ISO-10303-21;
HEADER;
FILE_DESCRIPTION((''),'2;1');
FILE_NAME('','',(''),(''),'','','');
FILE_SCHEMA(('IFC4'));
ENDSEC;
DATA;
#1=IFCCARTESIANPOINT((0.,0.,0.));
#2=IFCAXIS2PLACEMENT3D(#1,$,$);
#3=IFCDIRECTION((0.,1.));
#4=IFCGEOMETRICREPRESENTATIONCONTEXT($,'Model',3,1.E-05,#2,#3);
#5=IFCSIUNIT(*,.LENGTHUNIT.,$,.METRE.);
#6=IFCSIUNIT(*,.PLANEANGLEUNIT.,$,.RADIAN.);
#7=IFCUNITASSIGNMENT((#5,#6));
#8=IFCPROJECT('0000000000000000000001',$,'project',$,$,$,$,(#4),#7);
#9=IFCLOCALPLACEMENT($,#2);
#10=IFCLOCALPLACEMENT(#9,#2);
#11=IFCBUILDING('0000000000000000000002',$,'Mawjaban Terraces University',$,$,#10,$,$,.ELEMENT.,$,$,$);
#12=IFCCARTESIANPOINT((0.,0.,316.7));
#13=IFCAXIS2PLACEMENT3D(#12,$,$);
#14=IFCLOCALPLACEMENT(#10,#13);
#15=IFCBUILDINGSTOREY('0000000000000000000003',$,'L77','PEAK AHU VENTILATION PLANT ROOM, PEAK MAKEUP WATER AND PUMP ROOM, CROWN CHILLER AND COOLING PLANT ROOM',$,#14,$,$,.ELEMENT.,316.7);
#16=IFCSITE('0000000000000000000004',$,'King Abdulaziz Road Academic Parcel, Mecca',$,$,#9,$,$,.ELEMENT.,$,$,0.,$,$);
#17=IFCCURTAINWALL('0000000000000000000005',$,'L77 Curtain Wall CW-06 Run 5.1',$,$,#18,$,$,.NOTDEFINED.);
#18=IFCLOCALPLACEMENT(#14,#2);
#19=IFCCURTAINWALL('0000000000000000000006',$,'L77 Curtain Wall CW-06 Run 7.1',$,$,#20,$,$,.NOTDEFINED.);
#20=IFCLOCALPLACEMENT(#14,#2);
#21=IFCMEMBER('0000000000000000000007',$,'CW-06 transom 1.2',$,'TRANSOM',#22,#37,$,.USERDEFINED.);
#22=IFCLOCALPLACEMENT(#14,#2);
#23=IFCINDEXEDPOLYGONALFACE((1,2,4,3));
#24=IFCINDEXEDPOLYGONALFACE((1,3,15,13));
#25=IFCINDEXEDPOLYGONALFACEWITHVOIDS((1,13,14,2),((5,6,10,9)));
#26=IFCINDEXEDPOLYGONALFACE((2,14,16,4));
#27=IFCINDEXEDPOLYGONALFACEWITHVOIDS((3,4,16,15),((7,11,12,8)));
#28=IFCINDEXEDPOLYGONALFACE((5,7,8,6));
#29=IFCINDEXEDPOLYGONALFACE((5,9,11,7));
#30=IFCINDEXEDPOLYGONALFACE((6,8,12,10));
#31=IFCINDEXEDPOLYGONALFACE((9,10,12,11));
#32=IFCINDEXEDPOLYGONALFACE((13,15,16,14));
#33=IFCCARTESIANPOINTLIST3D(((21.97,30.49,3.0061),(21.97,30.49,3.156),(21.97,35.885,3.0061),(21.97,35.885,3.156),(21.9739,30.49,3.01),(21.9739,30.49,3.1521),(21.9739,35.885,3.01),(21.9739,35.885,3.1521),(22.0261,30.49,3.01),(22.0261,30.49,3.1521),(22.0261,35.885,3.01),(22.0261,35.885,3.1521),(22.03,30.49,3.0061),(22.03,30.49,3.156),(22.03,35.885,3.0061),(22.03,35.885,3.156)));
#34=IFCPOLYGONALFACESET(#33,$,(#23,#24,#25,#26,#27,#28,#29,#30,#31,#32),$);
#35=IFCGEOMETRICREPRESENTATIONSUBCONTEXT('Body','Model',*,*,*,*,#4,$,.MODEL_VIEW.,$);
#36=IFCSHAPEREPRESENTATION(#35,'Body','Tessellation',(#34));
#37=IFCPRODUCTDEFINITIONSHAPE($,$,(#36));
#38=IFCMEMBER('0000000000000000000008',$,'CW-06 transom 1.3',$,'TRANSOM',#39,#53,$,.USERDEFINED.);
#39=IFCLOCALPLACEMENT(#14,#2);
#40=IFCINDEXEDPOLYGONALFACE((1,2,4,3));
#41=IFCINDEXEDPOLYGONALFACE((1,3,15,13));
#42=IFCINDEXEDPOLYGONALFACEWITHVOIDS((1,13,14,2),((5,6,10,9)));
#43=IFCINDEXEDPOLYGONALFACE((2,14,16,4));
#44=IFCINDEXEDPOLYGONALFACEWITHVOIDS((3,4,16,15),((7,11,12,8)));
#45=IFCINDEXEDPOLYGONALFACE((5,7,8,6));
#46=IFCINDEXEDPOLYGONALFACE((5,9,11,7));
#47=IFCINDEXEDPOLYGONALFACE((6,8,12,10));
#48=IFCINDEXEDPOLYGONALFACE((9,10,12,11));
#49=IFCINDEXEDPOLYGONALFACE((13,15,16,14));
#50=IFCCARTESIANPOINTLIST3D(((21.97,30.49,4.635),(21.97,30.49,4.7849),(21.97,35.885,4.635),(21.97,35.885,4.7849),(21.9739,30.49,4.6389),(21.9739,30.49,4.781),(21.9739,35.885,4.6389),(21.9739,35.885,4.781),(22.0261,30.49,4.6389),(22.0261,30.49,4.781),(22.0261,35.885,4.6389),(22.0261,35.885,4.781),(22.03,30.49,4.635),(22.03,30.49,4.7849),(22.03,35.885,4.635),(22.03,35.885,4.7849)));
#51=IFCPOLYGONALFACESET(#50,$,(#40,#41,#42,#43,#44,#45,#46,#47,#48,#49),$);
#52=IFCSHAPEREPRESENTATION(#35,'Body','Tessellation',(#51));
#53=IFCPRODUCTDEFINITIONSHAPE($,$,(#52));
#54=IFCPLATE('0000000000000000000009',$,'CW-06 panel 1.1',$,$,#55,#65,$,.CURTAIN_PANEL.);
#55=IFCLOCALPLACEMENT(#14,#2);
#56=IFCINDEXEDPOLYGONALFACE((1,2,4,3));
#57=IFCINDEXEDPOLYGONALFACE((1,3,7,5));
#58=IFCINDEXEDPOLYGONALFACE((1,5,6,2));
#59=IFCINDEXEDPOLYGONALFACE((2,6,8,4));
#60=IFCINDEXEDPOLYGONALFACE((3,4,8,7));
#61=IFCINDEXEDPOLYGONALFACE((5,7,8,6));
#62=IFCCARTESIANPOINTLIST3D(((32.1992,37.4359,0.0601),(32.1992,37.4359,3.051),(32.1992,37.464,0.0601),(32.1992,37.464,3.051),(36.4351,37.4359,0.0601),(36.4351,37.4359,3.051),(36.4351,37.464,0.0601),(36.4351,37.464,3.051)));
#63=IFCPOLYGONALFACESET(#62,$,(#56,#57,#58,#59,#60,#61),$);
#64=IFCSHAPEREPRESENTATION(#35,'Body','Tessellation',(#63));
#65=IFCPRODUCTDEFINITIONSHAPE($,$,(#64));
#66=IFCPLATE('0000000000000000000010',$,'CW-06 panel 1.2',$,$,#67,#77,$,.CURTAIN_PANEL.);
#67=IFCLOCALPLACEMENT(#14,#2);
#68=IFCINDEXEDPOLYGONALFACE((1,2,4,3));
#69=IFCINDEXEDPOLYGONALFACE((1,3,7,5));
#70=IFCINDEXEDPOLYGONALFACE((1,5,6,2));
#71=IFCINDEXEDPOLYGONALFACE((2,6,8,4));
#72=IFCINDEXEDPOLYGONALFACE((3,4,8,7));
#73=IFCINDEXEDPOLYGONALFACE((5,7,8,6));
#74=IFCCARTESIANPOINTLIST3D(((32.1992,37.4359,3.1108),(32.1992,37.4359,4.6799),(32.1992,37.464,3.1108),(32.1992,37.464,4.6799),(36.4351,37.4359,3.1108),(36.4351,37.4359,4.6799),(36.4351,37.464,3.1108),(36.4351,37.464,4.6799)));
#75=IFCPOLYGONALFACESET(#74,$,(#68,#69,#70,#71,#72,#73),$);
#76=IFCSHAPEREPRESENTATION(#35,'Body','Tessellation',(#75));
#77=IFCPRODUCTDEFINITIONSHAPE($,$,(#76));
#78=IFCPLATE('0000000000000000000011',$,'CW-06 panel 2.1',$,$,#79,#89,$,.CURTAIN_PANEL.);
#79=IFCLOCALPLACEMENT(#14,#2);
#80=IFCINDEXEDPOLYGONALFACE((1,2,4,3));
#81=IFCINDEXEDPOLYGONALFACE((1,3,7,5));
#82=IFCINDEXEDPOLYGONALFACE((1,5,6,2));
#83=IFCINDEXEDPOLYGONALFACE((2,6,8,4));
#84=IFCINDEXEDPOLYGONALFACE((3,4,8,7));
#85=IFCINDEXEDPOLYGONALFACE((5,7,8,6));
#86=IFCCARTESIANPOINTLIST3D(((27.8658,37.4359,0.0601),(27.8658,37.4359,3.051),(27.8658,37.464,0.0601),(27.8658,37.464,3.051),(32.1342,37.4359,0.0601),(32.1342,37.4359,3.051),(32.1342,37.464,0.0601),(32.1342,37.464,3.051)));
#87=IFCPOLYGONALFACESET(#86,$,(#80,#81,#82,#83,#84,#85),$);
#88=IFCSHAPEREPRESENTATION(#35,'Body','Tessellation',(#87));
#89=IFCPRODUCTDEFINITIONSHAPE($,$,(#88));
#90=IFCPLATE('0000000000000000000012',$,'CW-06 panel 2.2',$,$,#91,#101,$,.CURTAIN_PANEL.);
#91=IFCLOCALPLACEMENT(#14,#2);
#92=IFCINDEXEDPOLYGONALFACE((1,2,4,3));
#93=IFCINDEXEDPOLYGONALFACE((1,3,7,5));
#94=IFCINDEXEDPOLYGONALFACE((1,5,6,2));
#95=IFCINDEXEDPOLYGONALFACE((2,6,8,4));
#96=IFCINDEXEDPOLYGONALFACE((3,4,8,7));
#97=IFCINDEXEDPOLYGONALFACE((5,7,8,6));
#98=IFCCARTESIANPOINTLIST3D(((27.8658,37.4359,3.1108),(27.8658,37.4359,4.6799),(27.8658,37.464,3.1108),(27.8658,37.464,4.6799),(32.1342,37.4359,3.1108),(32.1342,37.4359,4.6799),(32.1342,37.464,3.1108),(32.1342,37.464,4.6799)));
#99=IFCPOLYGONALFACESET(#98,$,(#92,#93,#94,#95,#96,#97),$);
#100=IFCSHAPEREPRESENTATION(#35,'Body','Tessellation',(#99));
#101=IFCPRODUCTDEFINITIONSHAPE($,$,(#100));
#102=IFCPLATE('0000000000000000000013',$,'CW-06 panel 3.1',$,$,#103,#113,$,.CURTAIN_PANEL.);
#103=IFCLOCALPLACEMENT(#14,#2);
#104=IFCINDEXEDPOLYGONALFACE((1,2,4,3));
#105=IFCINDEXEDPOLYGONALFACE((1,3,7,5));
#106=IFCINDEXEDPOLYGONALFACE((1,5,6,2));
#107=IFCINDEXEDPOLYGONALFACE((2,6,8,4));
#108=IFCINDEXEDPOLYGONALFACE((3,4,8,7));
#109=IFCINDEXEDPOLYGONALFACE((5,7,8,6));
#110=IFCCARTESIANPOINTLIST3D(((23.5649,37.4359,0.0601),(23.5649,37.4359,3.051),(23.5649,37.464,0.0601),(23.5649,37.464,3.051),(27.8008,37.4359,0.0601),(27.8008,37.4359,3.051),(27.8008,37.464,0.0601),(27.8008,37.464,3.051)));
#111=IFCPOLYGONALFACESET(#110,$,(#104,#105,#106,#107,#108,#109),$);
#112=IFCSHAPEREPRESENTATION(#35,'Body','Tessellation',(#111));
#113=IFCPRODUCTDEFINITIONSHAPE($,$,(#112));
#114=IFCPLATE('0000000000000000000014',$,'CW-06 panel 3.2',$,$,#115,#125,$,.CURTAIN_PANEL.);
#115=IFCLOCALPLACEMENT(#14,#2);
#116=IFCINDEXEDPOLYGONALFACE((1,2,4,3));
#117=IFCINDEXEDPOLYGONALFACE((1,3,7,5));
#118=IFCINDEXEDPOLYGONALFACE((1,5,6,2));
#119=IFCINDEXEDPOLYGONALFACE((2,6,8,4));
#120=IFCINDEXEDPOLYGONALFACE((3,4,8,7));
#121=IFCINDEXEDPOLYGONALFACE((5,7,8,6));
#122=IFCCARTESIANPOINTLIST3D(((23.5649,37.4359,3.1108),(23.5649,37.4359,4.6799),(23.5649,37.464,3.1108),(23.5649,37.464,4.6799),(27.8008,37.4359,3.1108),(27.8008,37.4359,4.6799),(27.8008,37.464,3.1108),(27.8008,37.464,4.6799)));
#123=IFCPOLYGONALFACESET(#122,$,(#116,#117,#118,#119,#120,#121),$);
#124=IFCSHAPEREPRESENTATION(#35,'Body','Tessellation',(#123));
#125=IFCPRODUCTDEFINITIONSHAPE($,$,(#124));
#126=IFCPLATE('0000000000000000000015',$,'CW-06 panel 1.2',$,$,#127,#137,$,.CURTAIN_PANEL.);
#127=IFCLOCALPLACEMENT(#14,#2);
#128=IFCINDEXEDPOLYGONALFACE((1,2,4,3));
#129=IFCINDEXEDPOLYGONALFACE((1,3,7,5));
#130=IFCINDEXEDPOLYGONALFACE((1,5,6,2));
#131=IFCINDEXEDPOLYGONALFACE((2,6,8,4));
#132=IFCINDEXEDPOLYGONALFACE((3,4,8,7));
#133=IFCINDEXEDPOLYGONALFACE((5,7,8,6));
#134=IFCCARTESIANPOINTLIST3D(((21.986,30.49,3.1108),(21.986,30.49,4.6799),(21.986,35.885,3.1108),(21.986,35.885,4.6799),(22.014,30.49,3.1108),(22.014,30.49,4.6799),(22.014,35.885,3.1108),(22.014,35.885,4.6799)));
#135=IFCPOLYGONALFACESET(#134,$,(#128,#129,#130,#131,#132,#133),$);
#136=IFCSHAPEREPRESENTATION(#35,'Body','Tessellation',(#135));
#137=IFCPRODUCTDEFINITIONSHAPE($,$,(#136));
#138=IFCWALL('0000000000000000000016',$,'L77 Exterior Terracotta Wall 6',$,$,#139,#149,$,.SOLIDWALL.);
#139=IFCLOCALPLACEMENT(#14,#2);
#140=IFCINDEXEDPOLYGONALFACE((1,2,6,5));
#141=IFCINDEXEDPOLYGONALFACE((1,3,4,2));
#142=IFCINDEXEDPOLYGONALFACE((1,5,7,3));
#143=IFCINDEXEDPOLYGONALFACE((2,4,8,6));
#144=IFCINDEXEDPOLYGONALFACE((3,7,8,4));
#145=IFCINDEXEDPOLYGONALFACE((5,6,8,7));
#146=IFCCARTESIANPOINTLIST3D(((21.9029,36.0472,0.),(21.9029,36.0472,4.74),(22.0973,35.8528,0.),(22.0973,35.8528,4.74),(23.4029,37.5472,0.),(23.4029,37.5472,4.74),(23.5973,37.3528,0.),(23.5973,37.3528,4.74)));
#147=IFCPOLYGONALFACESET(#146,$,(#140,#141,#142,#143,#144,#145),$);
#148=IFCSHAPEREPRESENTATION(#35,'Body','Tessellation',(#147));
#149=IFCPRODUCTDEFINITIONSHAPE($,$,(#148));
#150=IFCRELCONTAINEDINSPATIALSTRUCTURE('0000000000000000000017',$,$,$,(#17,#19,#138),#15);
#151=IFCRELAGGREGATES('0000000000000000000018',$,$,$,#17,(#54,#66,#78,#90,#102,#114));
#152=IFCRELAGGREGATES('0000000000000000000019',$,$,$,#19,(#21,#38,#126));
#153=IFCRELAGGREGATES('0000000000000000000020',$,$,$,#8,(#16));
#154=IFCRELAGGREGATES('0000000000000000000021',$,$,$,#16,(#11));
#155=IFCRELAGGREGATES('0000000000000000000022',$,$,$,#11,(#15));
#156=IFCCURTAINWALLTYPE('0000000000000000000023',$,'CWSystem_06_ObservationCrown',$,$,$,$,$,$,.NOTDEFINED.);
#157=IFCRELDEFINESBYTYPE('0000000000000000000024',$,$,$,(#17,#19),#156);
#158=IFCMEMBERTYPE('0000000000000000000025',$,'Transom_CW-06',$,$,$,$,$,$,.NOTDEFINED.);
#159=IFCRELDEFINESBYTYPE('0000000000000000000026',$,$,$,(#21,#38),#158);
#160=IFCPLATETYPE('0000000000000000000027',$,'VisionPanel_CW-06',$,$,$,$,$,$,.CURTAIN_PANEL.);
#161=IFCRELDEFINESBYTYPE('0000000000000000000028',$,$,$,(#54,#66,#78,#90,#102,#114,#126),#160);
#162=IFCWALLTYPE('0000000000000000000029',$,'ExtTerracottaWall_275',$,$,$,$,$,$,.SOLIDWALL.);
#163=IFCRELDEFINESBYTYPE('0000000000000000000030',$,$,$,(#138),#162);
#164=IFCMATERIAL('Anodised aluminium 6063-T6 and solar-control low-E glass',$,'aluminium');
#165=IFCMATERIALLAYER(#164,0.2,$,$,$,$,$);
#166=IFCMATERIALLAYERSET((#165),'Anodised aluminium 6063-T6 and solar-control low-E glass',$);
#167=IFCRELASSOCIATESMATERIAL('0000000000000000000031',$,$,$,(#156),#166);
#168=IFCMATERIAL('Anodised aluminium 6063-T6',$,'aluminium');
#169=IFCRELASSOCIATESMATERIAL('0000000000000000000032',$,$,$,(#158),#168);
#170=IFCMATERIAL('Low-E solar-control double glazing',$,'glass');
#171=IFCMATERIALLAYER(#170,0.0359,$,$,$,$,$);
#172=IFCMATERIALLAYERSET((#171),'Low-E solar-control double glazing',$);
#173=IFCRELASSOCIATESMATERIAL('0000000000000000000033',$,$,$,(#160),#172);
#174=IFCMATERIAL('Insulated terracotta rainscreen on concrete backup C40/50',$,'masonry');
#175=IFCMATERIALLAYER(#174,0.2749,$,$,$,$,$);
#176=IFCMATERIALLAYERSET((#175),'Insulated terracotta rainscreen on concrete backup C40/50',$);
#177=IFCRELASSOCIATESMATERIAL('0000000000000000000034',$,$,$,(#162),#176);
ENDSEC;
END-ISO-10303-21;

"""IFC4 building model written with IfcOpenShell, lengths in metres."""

from ifc_helpers import new_model, si_unit, direction, frame, frame_2d, origin, origin_2d, place, context, subcontext, project, spatial, rectangle, hollow_rectangle, extrude, material, layer, layer_set, material_profile, profile_set, type_object, element, aggregate, save


model = new_model("IFC4")

# Units and contexts
model_context = context("Model", 3, precision=1e-05, world=origin(), true_north=direction((0.0, 1.0)))
body_context = subcontext(model_context, "Body", "Model", "MODEL_VIEW")
ifc_project = project(units=[si_unit("LENGTHUNIT", "METRE"), si_unit("PLANEANGLEUNIT", "RADIAN")], contexts=[model_context])

# Site, building, storey
site_placement = place(None, origin())
site = spatial("IfcSite", under=ifc_project, at=site_placement, Name="King Abdulaziz Road Academic Parcel, Mecca", CompositionType="ELEMENT", RefElevation=0.0)
building_placement = place(site_placement, origin())
building = spatial("IfcBuilding", under=site, at=building_placement, Name="Mawjaban Terraces University", CompositionType="ELEMENT")
storey_placement = place(building_placement, frame((0.0, 0.0, 316.7)))
storey = spatial("IfcBuildingStorey", under=building, at=storey_placement, Name="L77", Description="PEAK AHU VENTILATION PLANT ROOM, PEAK MAKEUP WATER AND PUMP ROOM, CROWN CHILLER AND COOLING PLANT ROOM", CompositionType="ELEMENT", Elevation=316.7)

# Curtain wall
ifc_material_1 = material(Name="Anodised aluminium 6063-T6 and solar-control low-E glass", Category="aluminium")
ifc_layer_1 = layer(ifc_material_1, 0.2)
ifc_layer_set_1 = layer_set([ifc_layer_1], Name="Anodised aluminium 6063-T6 and solar-control low-E glass")
curtain_wall_type = type_object("IfcCurtainWallType", Name="CWSystem_06_ObservationCrown", PredefinedType="NOTDEFINED", material=ifc_layer_set_1)
curtain_wall_1_placement = place(storey_placement, origin())
curtain_wall_1 = element("IfcCurtainWall", 1, at=curtain_wall_1_placement, inside=storey, type_object=curtain_wall_type, Name="L77 Curtain Wall CW-06 Run 5.1", PredefinedType="NOTDEFINED")
ifc_material_2 = material(Name="Anodised aluminium 6063-T6", Category="aluminium")

# Curtain wall
curtain_wall_2_placement = place(storey_placement, origin())
curtain_wall_2 = element("IfcCurtainWall", 2, at=curtain_wall_2_placement, inside=storey, type_object=curtain_wall_type, Name="L77 Curtain Wall CW-06 Run 7.1", PredefinedType="NOTDEFINED")

# Members
ifc_material_profile_1 = material_profile(ifc_material_2, hollow_rectangle(XDim=0.0601, YDim=0.1499, WallThickness=0.0039, at=origin_2d()), Name="ALU150X60X4")
ifc_profile_set_1 = profile_set([ifc_material_profile_1], Name="Anodised aluminium 6063-T6")
member_type_1 = type_object("IfcMemberType", Name="Transom_CW-06", PredefinedType="NOTDEFINED", material=ifc_profile_set_1)
member_1_placement = place(storey_placement, frame((22.0, 35.885, 3.0811), z_axis=(0.0, -1.0, 0.0), x_axis=(1.0, 0.0, 0.0)))
member_1 = element("IfcMember", 3, at=member_1_placement, type_object=member_type_1, Name="CW-06 transom 1.2", ObjectType="TRANSOM", PredefinedType="USERDEFINED", context=body_context, shape_type="SweptSolid", body=[
    extrude(hollow_rectangle(XDim=0.0601, YDim=0.1499, WallThickness=0.0039, at=origin_2d()), origin(), (0.0, 0.0, 1.0), 5.395),
])
member_2_placement = place(storey_placement, frame((22.0, 35.885, 4.71), z_axis=(0.0, -1.0, 0.0), x_axis=(1.0, 0.0, 0.0)))
member_2 = element("IfcMember", 4, at=member_2_placement, type_object=member_type_1, Name="CW-06 transom 1.3", ObjectType="TRANSOM", PredefinedType="USERDEFINED", context=body_context, shape_type="SweptSolid", body=[
    extrude(hollow_rectangle(XDim=0.0601, YDim=0.1499, WallThickness=0.0039, at=origin_2d()), origin(), (0.0, 0.0, 1.0), 5.395),
])

# Plates
ifc_material_3 = material(Name="Low-E solar-control double glazing", Category="glass")
ifc_layer_2 = layer(ifc_material_3, 0.0359)
ifc_layer_set_2 = layer_set([ifc_layer_2], Name="Low-E solar-control double glazing")
plate_type = type_object("IfcPlateType", Name="VisionPanel_CW-06", PredefinedType="CURTAIN_PANEL", material=ifc_layer_set_2)
plate_1_placement = place(storey_placement, frame((34.3171, 37.45, 0.0601), z_axis=(0.0, 0.0, 1.0), x_axis=(-1.0, 0.0, 0.0)))
plate_1 = element("IfcPlate", 5, at=plate_1_placement, type_object=plate_type, Name="CW-06 panel 1.1", PredefinedType="CURTAIN_PANEL", context=body_context, shape_type="SweptSolid", body=[
    extrude(rectangle(XDim=4.2358, YDim=0.0281, at=origin_2d()), origin(), (0.0, 0.0, 1.0), 2.991),
])
plate_2_placement = place(storey_placement, frame((34.3171, 37.45, 3.1108), z_axis=(0.0, 0.0, 1.0), x_axis=(-1.0, 0.0, 0.0)))
plate_2 = element("IfcPlate", 6, at=plate_2_placement, type_object=plate_type, Name="CW-06 panel 1.2", PredefinedType="CURTAIN_PANEL", context=body_context, shape_type="SweptSolid", body=[
    extrude(rectangle(XDim=4.2358, YDim=0.0281, at=origin_2d()), origin(), (0.0, 0.0, 1.0), 1.5691),
])
plate_3_placement = place(storey_placement, frame((30.0, 37.45, 0.0601), z_axis=(0.0, 0.0, 1.0), x_axis=(-1.0, 0.0, 0.0)))
plate_3 = element("IfcPlate", 7, at=plate_3_placement, type_object=plate_type, Name="CW-06 panel 2.1", PredefinedType="CURTAIN_PANEL", context=body_context, shape_type="SweptSolid", body=[
    extrude(rectangle(XDim=4.2683, YDim=0.0281, at=origin_2d()), origin(), (0.0, 0.0, 1.0), 2.991),
])
plate_4_placement = place(storey_placement, frame((30.0, 37.45, 3.1108), z_axis=(0.0, 0.0, 1.0), x_axis=(-1.0, 0.0, 0.0)))
plate_4 = element("IfcPlate", 8, at=plate_4_placement, type_object=plate_type, Name="CW-06 panel 2.2", PredefinedType="CURTAIN_PANEL", context=body_context, shape_type="SweptSolid", body=[
    extrude(rectangle(XDim=4.2683, YDim=0.0281, at=origin_2d()), origin(), (0.0, 0.0, 1.0), 1.5691),
])
plate_5_placement = place(storey_placement, frame((25.6829, 37.45, 0.0601), z_axis=(0.0, 0.0, 1.0), x_axis=(-1.0, 0.0, 0.0)))
plate_5 = element("IfcPlate", 9, at=plate_5_placement, type_object=plate_type, Name="CW-06 panel 3.1", PredefinedType="CURTAIN_PANEL", context=body_context, shape_type="SweptSolid", body=[
    extrude(rectangle(XDim=4.2358, YDim=0.0281, at=origin_2d()), origin(), (0.0, 0.0, 1.0), 2.991),
])
plate_6_placement = place(storey_placement, frame((25.6829, 37.45, 3.1108), z_axis=(0.0, 0.0, 1.0), x_axis=(-1.0, 0.0, 0.0)))
plate_6 = element("IfcPlate", 10, at=plate_6_placement, type_object=plate_type, Name="CW-06 panel 3.2", PredefinedType="CURTAIN_PANEL", context=body_context, shape_type="SweptSolid", body=[
    extrude(rectangle(XDim=4.2358, YDim=0.0281, at=origin_2d()), origin(), (0.0, 0.0, 1.0), 1.5691),
])
aggregate(curtain_wall_1, [plate_1, plate_2, plate_3, plate_4, plate_5, plate_6])
plate_7_placement = place(storey_placement, frame((22.0, 33.1875, 3.1108), z_axis=(0.0, 0.0, 1.0), x_axis=(0.0, -1.0, 0.0)))
plate_7 = element("IfcPlate", 11, at=plate_7_placement, type_object=plate_type, Name="CW-06 panel 1.2", PredefinedType="CURTAIN_PANEL", context=body_context, shape_type="SweptSolid", body=[
    extrude(rectangle(XDim=5.395, YDim=0.0281, at=origin_2d()), origin(), (0.0, 0.0, 1.0), 1.5691),
])
aggregate(curtain_wall_2, [member_1, member_2, plate_7])

# Wall
ifc_material_4 = material(Name="Insulated terracotta rainscreen on concrete backup C40/50", Category="masonry")
ifc_layer_3 = layer(ifc_material_4, 0.2749)
ifc_layer_set_3 = layer_set([ifc_layer_3], Name="Insulated terracotta rainscreen on concrete backup C40/50")
wall_type = type_object("IfcWallType", Name="ExtTerracottaWall_275", PredefinedType="SOLIDWALL", material=ifc_layer_set_3)
wall_placement = place(storey_placement, frame((23.5, 37.45, 0.0), z_axis=(0.0, 0.0, 1.0), x_axis=(-0.707107, -0.707107, 0.0)))
element("IfcWall", 12, at=wall_placement, inside=storey, type_object=wall_type, Name="L77 Exterior Terracotta Wall 6", PredefinedType="SOLIDWALL", context=body_context, shape_type="SweptSolid", body=[
    extrude(rectangle(XDim=2.1213, YDim=0.2749, at=frame_2d((1.0605, 0.0))), origin(), (0.0, 0.0, 1.0), 4.74),
])

save(model, "model.ifc")
